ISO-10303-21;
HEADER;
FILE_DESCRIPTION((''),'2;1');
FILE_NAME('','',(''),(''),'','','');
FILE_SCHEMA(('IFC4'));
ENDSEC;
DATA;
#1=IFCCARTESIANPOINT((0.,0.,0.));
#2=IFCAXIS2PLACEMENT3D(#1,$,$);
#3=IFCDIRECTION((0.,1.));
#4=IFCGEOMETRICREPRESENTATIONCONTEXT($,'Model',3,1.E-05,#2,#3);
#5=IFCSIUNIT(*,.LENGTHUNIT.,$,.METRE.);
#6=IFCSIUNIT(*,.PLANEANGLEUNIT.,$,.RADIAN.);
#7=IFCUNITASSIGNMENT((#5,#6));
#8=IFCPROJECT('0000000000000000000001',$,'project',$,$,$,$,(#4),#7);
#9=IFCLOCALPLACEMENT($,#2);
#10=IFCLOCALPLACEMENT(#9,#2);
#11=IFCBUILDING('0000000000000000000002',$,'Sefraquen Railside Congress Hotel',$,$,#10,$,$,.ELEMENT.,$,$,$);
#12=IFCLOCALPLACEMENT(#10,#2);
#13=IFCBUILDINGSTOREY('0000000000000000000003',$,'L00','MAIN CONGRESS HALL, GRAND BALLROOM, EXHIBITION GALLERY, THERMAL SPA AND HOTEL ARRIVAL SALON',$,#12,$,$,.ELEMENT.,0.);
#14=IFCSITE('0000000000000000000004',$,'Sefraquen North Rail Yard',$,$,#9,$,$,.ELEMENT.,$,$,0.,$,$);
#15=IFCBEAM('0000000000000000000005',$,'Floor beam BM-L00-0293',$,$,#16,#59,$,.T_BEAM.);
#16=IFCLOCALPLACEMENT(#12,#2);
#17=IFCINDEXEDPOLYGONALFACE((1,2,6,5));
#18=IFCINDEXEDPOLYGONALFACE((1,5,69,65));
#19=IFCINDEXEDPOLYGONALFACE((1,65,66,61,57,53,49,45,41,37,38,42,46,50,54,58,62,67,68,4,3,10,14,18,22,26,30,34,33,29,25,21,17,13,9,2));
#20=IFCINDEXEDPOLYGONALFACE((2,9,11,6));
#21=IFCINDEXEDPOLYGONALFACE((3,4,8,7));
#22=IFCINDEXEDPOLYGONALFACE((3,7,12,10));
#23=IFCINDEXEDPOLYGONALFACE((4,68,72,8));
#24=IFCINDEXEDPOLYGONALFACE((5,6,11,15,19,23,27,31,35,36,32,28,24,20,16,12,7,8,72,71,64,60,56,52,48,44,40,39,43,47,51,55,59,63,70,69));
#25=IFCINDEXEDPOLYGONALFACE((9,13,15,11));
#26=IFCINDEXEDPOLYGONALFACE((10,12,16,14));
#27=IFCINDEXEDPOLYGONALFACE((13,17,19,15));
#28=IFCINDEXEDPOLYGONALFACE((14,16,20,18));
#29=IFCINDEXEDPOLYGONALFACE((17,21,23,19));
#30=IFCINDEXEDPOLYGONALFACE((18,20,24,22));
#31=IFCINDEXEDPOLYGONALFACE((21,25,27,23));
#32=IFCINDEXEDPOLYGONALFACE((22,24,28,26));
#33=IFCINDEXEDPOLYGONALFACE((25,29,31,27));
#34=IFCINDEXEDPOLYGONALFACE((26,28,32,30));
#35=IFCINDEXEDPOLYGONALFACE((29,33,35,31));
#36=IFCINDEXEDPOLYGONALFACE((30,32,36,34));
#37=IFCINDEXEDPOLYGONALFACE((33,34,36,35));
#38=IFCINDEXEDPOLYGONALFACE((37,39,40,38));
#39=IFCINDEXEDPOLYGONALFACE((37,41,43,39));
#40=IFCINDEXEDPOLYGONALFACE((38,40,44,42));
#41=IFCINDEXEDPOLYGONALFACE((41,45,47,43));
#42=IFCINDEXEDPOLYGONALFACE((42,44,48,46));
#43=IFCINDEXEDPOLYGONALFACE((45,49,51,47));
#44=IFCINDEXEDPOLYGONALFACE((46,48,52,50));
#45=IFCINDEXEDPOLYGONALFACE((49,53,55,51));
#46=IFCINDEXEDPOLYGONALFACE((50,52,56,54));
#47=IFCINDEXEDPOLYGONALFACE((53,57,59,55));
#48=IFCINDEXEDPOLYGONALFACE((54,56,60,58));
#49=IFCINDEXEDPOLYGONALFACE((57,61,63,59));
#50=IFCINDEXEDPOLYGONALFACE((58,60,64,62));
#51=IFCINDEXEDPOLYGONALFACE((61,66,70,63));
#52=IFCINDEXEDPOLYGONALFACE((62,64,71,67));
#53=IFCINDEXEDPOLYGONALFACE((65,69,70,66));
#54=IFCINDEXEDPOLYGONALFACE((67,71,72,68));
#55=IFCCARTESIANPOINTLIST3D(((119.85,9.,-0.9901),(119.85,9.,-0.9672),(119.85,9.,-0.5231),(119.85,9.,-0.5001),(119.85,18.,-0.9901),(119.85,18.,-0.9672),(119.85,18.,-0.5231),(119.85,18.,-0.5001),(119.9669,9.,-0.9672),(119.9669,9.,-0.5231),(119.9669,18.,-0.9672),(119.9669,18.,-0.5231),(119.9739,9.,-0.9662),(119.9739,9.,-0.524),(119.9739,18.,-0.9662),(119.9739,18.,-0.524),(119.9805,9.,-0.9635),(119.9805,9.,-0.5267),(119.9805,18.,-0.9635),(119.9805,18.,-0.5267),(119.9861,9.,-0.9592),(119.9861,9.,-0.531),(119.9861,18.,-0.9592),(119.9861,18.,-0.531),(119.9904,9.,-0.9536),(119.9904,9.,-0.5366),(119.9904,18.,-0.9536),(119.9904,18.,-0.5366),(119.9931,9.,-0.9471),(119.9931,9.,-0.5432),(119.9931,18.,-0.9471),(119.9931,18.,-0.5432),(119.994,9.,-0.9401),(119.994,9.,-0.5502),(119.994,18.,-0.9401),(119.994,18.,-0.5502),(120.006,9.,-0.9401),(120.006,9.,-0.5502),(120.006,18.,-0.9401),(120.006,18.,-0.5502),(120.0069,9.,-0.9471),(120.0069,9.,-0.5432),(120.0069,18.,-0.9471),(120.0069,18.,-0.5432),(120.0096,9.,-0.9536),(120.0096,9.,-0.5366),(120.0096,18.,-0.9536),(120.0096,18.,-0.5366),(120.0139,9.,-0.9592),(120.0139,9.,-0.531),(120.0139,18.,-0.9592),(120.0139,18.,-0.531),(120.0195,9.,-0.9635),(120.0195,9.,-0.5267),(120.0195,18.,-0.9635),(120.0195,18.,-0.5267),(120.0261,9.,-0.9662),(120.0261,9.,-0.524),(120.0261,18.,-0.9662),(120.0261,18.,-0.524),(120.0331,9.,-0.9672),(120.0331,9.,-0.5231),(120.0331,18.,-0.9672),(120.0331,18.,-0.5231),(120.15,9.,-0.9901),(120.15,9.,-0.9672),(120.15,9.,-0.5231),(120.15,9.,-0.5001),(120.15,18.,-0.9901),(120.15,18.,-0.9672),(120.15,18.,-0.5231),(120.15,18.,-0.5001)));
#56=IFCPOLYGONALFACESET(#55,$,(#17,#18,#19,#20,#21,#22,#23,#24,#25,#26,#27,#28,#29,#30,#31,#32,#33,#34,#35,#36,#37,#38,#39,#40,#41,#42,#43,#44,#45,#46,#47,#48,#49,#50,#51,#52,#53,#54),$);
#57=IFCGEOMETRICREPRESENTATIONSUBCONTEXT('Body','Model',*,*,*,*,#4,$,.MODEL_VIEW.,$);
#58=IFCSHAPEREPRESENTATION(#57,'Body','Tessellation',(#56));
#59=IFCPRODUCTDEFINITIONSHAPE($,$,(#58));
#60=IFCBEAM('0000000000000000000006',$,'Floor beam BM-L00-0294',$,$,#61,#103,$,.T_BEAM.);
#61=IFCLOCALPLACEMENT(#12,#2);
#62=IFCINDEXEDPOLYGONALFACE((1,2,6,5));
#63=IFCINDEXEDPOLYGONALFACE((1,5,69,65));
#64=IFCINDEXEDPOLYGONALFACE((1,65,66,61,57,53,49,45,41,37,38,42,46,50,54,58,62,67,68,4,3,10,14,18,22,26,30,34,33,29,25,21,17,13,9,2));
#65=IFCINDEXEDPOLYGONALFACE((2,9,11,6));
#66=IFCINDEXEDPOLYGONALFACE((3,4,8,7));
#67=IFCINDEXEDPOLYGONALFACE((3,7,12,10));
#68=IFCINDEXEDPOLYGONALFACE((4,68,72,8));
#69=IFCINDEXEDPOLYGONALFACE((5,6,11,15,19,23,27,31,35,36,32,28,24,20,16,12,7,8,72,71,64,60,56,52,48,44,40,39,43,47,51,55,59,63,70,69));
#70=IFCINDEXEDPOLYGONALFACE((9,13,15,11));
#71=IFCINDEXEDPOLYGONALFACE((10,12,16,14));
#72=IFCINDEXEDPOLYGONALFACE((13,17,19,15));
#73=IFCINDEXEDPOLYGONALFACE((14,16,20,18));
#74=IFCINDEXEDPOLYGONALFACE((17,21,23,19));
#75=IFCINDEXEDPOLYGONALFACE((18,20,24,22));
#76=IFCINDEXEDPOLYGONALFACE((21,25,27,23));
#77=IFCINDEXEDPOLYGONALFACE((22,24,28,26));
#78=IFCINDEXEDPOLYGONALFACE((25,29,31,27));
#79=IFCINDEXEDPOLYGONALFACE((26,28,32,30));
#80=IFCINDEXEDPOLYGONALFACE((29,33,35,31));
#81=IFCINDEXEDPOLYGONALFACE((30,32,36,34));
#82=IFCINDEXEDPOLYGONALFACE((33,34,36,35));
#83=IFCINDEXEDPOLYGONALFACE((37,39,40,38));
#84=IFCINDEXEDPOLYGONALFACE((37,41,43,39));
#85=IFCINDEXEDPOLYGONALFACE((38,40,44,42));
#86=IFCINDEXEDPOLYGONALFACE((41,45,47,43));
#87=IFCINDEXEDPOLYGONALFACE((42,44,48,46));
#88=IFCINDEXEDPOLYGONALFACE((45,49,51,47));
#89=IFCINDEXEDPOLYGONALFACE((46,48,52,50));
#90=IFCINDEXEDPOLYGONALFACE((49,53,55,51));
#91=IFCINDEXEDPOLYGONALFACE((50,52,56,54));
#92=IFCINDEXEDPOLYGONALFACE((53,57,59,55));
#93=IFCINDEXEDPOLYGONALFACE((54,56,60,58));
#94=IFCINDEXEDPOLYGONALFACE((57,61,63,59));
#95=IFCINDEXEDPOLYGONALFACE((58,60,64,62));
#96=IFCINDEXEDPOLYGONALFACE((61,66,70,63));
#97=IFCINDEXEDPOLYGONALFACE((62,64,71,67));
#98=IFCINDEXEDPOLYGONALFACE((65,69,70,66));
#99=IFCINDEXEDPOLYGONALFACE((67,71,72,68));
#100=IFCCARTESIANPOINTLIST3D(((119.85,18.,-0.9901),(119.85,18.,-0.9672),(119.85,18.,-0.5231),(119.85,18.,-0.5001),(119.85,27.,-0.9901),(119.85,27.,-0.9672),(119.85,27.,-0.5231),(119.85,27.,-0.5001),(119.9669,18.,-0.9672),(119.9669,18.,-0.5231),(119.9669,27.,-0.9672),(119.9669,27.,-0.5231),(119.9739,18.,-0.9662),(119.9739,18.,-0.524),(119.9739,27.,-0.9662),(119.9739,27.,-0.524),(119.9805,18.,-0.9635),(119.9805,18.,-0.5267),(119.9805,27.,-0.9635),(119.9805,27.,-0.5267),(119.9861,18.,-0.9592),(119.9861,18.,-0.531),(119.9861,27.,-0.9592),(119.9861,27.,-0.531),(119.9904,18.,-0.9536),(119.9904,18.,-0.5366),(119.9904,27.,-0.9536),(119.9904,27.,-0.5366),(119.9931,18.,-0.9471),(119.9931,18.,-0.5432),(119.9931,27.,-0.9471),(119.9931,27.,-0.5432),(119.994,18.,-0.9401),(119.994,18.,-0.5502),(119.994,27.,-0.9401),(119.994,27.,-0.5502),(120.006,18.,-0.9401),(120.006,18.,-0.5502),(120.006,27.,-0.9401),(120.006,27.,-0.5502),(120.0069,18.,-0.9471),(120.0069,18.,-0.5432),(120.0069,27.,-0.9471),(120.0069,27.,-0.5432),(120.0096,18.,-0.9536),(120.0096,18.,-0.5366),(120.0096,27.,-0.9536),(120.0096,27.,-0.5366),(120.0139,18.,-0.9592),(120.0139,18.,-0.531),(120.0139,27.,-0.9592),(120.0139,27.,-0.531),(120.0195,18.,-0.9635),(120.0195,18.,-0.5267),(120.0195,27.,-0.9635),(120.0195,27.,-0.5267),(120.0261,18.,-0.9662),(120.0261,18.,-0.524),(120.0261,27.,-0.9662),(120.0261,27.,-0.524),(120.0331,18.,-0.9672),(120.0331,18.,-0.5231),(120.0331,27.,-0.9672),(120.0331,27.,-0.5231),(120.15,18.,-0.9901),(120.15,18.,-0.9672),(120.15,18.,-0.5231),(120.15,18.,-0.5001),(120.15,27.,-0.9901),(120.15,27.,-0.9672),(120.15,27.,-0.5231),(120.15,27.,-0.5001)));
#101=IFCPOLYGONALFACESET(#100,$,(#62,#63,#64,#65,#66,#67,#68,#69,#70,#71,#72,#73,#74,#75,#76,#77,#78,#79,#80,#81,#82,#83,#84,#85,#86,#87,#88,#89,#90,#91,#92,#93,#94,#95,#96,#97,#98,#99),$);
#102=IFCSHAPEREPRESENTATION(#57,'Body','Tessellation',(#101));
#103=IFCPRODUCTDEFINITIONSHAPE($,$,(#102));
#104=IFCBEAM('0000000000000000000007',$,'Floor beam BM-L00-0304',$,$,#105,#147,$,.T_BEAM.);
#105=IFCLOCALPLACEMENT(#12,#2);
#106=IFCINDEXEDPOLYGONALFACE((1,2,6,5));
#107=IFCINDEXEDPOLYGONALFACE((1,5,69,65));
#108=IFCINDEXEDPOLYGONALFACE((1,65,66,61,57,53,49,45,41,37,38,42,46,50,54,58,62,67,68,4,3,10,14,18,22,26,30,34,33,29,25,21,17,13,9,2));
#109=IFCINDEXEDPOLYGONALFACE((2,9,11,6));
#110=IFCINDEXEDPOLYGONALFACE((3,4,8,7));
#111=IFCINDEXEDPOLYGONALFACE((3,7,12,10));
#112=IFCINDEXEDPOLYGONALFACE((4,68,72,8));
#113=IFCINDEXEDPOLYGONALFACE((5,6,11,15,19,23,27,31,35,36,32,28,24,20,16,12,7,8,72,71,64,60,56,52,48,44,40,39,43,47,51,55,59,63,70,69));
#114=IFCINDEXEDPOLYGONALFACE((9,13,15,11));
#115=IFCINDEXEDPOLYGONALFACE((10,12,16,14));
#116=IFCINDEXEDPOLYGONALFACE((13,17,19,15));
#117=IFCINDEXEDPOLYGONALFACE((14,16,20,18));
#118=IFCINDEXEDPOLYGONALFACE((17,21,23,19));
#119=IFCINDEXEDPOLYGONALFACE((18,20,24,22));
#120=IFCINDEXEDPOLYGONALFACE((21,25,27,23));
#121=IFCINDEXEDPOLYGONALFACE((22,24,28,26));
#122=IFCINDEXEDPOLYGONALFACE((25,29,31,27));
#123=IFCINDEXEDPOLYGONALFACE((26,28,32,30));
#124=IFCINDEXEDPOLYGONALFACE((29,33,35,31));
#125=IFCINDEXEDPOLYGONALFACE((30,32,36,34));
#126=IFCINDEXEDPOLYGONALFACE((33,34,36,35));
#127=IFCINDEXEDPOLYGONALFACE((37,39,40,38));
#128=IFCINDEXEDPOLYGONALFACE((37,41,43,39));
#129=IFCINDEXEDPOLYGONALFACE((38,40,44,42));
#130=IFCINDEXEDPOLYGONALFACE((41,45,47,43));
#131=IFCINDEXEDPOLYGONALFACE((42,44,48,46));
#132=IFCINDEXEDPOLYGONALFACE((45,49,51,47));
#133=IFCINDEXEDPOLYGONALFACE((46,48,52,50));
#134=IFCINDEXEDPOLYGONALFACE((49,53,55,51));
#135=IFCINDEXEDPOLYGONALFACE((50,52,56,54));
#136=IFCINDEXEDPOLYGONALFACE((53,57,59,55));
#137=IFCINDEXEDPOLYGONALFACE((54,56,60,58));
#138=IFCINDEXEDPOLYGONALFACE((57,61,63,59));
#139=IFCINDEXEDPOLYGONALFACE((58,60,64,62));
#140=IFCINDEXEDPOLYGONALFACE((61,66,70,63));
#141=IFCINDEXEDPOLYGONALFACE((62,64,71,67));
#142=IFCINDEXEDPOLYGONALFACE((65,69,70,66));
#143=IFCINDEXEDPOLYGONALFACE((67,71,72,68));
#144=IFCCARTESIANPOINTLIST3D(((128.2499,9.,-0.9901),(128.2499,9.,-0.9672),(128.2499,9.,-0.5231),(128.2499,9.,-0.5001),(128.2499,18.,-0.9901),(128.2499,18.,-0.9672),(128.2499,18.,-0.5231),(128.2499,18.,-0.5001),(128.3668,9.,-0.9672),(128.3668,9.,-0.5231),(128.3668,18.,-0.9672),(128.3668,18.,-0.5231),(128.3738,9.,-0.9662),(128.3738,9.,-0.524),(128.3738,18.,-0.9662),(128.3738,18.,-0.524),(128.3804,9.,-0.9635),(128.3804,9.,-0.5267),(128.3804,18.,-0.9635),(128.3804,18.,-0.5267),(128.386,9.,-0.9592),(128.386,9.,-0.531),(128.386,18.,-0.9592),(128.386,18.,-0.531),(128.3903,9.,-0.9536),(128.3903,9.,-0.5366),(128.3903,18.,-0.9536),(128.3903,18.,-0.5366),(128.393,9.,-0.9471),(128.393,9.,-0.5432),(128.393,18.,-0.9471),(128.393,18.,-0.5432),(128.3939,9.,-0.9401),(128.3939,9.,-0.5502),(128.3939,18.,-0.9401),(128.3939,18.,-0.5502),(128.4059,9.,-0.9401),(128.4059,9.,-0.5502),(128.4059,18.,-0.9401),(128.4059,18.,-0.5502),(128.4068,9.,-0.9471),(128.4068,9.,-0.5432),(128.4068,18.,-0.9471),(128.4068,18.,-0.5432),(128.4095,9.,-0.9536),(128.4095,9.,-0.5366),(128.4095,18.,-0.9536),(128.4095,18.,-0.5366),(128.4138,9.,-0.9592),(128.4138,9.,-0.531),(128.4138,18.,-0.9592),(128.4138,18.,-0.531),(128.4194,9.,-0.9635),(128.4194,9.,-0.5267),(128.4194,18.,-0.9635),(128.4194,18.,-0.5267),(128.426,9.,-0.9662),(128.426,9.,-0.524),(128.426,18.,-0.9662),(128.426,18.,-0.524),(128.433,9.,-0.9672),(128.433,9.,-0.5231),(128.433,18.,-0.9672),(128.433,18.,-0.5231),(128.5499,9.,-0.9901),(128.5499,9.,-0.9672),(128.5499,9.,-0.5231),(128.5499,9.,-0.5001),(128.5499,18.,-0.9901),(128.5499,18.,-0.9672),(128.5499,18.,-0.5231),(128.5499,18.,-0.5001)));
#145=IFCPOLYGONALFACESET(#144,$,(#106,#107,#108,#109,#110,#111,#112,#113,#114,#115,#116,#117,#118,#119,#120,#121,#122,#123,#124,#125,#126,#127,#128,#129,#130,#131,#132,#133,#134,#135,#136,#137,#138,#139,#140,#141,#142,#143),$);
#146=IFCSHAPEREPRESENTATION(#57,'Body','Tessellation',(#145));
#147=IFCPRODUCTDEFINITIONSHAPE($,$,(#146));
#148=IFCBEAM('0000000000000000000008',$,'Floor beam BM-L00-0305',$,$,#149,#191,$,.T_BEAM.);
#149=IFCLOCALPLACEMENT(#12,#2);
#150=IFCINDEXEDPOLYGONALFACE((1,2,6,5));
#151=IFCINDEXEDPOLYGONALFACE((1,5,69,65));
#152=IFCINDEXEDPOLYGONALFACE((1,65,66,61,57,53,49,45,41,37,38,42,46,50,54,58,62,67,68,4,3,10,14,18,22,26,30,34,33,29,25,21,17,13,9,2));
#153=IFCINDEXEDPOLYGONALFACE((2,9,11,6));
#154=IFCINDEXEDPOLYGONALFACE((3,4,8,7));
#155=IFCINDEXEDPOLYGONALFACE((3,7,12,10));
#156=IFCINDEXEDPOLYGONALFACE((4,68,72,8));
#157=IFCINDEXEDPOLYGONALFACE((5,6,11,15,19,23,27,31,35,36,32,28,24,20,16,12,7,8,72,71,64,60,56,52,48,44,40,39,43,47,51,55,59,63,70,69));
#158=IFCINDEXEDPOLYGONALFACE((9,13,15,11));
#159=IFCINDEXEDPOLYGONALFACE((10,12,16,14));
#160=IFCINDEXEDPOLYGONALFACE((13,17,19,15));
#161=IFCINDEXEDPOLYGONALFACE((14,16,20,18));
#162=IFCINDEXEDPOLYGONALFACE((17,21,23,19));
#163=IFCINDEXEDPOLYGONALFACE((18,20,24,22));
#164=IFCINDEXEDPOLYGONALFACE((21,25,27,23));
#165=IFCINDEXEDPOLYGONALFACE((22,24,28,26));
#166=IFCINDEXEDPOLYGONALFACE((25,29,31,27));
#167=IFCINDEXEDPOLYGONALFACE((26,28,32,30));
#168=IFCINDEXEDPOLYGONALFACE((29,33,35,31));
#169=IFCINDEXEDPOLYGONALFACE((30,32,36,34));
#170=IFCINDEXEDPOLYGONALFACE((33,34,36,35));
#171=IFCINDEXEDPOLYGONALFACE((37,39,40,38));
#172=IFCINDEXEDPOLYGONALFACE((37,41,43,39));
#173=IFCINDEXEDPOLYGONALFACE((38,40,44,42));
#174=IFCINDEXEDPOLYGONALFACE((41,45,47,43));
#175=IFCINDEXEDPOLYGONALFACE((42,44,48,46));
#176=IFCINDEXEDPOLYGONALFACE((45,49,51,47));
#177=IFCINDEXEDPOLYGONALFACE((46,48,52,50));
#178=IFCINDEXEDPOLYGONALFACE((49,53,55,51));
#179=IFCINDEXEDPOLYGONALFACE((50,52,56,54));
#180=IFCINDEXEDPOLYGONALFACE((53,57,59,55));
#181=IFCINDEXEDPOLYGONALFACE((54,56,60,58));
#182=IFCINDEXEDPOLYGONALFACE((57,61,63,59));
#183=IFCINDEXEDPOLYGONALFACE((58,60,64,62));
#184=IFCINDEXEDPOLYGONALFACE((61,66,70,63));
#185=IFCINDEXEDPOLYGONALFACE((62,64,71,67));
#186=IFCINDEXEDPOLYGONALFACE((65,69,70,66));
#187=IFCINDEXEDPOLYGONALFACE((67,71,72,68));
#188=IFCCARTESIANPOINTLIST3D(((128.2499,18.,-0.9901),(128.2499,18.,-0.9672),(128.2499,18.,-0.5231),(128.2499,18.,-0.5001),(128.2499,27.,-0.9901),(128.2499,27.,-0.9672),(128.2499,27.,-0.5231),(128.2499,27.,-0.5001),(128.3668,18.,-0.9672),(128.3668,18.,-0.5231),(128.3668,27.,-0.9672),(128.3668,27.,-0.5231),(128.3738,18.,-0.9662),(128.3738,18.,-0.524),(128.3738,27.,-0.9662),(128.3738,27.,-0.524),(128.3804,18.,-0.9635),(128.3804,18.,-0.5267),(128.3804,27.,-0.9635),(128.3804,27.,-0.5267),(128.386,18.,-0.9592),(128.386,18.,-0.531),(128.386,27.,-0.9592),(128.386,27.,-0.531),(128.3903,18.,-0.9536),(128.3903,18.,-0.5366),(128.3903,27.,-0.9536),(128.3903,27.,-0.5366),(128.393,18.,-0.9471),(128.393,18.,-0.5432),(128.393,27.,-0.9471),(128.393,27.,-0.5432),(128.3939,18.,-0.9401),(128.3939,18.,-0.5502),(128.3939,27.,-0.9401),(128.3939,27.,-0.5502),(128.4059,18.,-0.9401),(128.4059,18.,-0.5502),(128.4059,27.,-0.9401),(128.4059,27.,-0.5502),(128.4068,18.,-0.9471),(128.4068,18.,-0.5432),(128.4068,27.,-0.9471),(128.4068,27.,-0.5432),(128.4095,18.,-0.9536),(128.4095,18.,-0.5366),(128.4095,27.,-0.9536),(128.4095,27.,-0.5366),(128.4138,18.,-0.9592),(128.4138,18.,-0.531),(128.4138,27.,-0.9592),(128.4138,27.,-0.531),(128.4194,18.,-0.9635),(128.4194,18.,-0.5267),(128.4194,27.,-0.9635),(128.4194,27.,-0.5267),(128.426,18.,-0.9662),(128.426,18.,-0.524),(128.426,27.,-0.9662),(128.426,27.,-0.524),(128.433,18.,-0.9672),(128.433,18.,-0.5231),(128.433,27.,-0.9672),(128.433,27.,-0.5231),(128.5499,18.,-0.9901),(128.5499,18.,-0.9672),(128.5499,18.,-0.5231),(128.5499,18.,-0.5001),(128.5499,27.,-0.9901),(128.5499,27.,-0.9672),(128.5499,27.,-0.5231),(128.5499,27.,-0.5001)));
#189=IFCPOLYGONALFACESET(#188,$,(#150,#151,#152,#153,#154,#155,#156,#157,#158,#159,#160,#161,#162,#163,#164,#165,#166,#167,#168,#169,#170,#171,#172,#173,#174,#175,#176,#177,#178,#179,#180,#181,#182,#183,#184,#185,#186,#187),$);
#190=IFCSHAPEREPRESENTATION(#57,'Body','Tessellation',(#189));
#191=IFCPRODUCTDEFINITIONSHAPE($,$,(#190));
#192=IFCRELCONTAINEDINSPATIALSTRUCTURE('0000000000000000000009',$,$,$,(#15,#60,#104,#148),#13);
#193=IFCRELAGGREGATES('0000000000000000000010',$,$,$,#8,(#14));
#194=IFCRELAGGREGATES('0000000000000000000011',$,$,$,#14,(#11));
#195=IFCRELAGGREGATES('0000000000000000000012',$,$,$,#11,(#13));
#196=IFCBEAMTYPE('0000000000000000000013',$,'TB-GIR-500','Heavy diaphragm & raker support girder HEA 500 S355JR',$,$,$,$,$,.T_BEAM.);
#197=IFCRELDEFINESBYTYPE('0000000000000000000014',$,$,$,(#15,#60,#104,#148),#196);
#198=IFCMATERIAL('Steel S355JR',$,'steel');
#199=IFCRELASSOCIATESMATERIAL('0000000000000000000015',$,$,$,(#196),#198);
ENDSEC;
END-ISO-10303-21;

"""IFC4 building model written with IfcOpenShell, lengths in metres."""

from ifc_helpers import new_model, si_unit, direction, frame, origin, origin_2d, place, context, subcontext, project, spatial, i_section, extrude, material, material_profile, profile_set, type_object, element, save


model = new_model("IFC4")

# Units and contexts
model_context = context("Model", 3, precision=1e-05, world=origin(), true_north=direction((0.0, 1.0)))
body_context = subcontext(model_context, "Body", "Model", "MODEL_VIEW")
ifc_project = project(units=[si_unit("LENGTHUNIT", "METRE"), si_unit("PLANEANGLEUNIT", "RADIAN")], contexts=[model_context])

# Site, building, storey
site_placement = place(None, origin())
site = spatial("IfcSite", under=ifc_project, at=site_placement, Name="Sefraquen North Rail Yard", CompositionType="ELEMENT", RefElevation=0.0)
building_placement = place(site_placement, origin())
building = spatial("IfcBuilding", under=site, at=building_placement, Name="Sefraquen Railside Congress Hotel", CompositionType="ELEMENT")
storey_placement = place(building_placement, origin())
storey = spatial("IfcBuildingStorey", under=building, at=storey_placement, Name="L00", Description="MAIN CONGRESS HALL, GRAND BALLROOM, EXHIBITION GALLERY, THERMAL SPA AND HOTEL ARRIVAL SALON", CompositionType="ELEMENT", Elevation=0.0)

# Shared definitions
ifc_material_1 = material(Name="Steel S355JR", Category="steel")

# Beams
ifc_material_profile_1 = material_profile(ifc_material_1, i_section(OverallWidth=0.3, OverallDepth=0.49, WebThickness=0.012, FlangeThickness=0.0229, FilletRadius=0.0271, at=origin_2d()), Name="HEA 500")
ifc_profile_set_1 = profile_set([ifc_material_profile_1], Name="Steel S355JR")
beam_type_1 = type_object("IfcBeamType", Name="TB-GIR-500", Description="Heavy diaphragm & raker support girder HEA 500 S355JR", PredefinedType="T_BEAM", material=ifc_profile_set_1)
for number, where, z_axis, x_axis, name in (
    (1, (120.0, 9.0, -0.7451), (0.0, 1.0, 0.0), (-1.0, 0.0, 0.0), "Floor beam BM-L00-0293"),
    (2, (120.0, 18.0, -0.7451), (0.0, 1.0, 0.0), (-1.0, 0.0, 0.0), "Floor beam BM-L00-0294"),
    (3, (128.3999, 9.0, -0.7451), (0.0, 1.0, 0.0), (-1.0, 0.0, 0.0), "Floor beam BM-L00-0304"),
    (4, (128.3999, 18.0, -0.7451), (0.0, 1.0, 0.0), (-1.0, 0.0, 0.0), "Floor beam BM-L00-0305"),
):
    element("IfcBeam", number, at=place(storey_placement, frame(where, z_axis=z_axis, x_axis=x_axis)), inside=storey, type_object=beam_type_1, Name=name, PredefinedType="T_BEAM", context=body_context, shape_type="SweptSolid", body=[
        extrude(i_section(OverallWidth=0.3, OverallDepth=0.49, WebThickness=0.012, FlangeThickness=0.0229, FilletRadius=0.0271, at=origin_2d()), origin(), (0.0, 0.0, 1.0), 9.0),
    ])

save(model, "model.ifc")
